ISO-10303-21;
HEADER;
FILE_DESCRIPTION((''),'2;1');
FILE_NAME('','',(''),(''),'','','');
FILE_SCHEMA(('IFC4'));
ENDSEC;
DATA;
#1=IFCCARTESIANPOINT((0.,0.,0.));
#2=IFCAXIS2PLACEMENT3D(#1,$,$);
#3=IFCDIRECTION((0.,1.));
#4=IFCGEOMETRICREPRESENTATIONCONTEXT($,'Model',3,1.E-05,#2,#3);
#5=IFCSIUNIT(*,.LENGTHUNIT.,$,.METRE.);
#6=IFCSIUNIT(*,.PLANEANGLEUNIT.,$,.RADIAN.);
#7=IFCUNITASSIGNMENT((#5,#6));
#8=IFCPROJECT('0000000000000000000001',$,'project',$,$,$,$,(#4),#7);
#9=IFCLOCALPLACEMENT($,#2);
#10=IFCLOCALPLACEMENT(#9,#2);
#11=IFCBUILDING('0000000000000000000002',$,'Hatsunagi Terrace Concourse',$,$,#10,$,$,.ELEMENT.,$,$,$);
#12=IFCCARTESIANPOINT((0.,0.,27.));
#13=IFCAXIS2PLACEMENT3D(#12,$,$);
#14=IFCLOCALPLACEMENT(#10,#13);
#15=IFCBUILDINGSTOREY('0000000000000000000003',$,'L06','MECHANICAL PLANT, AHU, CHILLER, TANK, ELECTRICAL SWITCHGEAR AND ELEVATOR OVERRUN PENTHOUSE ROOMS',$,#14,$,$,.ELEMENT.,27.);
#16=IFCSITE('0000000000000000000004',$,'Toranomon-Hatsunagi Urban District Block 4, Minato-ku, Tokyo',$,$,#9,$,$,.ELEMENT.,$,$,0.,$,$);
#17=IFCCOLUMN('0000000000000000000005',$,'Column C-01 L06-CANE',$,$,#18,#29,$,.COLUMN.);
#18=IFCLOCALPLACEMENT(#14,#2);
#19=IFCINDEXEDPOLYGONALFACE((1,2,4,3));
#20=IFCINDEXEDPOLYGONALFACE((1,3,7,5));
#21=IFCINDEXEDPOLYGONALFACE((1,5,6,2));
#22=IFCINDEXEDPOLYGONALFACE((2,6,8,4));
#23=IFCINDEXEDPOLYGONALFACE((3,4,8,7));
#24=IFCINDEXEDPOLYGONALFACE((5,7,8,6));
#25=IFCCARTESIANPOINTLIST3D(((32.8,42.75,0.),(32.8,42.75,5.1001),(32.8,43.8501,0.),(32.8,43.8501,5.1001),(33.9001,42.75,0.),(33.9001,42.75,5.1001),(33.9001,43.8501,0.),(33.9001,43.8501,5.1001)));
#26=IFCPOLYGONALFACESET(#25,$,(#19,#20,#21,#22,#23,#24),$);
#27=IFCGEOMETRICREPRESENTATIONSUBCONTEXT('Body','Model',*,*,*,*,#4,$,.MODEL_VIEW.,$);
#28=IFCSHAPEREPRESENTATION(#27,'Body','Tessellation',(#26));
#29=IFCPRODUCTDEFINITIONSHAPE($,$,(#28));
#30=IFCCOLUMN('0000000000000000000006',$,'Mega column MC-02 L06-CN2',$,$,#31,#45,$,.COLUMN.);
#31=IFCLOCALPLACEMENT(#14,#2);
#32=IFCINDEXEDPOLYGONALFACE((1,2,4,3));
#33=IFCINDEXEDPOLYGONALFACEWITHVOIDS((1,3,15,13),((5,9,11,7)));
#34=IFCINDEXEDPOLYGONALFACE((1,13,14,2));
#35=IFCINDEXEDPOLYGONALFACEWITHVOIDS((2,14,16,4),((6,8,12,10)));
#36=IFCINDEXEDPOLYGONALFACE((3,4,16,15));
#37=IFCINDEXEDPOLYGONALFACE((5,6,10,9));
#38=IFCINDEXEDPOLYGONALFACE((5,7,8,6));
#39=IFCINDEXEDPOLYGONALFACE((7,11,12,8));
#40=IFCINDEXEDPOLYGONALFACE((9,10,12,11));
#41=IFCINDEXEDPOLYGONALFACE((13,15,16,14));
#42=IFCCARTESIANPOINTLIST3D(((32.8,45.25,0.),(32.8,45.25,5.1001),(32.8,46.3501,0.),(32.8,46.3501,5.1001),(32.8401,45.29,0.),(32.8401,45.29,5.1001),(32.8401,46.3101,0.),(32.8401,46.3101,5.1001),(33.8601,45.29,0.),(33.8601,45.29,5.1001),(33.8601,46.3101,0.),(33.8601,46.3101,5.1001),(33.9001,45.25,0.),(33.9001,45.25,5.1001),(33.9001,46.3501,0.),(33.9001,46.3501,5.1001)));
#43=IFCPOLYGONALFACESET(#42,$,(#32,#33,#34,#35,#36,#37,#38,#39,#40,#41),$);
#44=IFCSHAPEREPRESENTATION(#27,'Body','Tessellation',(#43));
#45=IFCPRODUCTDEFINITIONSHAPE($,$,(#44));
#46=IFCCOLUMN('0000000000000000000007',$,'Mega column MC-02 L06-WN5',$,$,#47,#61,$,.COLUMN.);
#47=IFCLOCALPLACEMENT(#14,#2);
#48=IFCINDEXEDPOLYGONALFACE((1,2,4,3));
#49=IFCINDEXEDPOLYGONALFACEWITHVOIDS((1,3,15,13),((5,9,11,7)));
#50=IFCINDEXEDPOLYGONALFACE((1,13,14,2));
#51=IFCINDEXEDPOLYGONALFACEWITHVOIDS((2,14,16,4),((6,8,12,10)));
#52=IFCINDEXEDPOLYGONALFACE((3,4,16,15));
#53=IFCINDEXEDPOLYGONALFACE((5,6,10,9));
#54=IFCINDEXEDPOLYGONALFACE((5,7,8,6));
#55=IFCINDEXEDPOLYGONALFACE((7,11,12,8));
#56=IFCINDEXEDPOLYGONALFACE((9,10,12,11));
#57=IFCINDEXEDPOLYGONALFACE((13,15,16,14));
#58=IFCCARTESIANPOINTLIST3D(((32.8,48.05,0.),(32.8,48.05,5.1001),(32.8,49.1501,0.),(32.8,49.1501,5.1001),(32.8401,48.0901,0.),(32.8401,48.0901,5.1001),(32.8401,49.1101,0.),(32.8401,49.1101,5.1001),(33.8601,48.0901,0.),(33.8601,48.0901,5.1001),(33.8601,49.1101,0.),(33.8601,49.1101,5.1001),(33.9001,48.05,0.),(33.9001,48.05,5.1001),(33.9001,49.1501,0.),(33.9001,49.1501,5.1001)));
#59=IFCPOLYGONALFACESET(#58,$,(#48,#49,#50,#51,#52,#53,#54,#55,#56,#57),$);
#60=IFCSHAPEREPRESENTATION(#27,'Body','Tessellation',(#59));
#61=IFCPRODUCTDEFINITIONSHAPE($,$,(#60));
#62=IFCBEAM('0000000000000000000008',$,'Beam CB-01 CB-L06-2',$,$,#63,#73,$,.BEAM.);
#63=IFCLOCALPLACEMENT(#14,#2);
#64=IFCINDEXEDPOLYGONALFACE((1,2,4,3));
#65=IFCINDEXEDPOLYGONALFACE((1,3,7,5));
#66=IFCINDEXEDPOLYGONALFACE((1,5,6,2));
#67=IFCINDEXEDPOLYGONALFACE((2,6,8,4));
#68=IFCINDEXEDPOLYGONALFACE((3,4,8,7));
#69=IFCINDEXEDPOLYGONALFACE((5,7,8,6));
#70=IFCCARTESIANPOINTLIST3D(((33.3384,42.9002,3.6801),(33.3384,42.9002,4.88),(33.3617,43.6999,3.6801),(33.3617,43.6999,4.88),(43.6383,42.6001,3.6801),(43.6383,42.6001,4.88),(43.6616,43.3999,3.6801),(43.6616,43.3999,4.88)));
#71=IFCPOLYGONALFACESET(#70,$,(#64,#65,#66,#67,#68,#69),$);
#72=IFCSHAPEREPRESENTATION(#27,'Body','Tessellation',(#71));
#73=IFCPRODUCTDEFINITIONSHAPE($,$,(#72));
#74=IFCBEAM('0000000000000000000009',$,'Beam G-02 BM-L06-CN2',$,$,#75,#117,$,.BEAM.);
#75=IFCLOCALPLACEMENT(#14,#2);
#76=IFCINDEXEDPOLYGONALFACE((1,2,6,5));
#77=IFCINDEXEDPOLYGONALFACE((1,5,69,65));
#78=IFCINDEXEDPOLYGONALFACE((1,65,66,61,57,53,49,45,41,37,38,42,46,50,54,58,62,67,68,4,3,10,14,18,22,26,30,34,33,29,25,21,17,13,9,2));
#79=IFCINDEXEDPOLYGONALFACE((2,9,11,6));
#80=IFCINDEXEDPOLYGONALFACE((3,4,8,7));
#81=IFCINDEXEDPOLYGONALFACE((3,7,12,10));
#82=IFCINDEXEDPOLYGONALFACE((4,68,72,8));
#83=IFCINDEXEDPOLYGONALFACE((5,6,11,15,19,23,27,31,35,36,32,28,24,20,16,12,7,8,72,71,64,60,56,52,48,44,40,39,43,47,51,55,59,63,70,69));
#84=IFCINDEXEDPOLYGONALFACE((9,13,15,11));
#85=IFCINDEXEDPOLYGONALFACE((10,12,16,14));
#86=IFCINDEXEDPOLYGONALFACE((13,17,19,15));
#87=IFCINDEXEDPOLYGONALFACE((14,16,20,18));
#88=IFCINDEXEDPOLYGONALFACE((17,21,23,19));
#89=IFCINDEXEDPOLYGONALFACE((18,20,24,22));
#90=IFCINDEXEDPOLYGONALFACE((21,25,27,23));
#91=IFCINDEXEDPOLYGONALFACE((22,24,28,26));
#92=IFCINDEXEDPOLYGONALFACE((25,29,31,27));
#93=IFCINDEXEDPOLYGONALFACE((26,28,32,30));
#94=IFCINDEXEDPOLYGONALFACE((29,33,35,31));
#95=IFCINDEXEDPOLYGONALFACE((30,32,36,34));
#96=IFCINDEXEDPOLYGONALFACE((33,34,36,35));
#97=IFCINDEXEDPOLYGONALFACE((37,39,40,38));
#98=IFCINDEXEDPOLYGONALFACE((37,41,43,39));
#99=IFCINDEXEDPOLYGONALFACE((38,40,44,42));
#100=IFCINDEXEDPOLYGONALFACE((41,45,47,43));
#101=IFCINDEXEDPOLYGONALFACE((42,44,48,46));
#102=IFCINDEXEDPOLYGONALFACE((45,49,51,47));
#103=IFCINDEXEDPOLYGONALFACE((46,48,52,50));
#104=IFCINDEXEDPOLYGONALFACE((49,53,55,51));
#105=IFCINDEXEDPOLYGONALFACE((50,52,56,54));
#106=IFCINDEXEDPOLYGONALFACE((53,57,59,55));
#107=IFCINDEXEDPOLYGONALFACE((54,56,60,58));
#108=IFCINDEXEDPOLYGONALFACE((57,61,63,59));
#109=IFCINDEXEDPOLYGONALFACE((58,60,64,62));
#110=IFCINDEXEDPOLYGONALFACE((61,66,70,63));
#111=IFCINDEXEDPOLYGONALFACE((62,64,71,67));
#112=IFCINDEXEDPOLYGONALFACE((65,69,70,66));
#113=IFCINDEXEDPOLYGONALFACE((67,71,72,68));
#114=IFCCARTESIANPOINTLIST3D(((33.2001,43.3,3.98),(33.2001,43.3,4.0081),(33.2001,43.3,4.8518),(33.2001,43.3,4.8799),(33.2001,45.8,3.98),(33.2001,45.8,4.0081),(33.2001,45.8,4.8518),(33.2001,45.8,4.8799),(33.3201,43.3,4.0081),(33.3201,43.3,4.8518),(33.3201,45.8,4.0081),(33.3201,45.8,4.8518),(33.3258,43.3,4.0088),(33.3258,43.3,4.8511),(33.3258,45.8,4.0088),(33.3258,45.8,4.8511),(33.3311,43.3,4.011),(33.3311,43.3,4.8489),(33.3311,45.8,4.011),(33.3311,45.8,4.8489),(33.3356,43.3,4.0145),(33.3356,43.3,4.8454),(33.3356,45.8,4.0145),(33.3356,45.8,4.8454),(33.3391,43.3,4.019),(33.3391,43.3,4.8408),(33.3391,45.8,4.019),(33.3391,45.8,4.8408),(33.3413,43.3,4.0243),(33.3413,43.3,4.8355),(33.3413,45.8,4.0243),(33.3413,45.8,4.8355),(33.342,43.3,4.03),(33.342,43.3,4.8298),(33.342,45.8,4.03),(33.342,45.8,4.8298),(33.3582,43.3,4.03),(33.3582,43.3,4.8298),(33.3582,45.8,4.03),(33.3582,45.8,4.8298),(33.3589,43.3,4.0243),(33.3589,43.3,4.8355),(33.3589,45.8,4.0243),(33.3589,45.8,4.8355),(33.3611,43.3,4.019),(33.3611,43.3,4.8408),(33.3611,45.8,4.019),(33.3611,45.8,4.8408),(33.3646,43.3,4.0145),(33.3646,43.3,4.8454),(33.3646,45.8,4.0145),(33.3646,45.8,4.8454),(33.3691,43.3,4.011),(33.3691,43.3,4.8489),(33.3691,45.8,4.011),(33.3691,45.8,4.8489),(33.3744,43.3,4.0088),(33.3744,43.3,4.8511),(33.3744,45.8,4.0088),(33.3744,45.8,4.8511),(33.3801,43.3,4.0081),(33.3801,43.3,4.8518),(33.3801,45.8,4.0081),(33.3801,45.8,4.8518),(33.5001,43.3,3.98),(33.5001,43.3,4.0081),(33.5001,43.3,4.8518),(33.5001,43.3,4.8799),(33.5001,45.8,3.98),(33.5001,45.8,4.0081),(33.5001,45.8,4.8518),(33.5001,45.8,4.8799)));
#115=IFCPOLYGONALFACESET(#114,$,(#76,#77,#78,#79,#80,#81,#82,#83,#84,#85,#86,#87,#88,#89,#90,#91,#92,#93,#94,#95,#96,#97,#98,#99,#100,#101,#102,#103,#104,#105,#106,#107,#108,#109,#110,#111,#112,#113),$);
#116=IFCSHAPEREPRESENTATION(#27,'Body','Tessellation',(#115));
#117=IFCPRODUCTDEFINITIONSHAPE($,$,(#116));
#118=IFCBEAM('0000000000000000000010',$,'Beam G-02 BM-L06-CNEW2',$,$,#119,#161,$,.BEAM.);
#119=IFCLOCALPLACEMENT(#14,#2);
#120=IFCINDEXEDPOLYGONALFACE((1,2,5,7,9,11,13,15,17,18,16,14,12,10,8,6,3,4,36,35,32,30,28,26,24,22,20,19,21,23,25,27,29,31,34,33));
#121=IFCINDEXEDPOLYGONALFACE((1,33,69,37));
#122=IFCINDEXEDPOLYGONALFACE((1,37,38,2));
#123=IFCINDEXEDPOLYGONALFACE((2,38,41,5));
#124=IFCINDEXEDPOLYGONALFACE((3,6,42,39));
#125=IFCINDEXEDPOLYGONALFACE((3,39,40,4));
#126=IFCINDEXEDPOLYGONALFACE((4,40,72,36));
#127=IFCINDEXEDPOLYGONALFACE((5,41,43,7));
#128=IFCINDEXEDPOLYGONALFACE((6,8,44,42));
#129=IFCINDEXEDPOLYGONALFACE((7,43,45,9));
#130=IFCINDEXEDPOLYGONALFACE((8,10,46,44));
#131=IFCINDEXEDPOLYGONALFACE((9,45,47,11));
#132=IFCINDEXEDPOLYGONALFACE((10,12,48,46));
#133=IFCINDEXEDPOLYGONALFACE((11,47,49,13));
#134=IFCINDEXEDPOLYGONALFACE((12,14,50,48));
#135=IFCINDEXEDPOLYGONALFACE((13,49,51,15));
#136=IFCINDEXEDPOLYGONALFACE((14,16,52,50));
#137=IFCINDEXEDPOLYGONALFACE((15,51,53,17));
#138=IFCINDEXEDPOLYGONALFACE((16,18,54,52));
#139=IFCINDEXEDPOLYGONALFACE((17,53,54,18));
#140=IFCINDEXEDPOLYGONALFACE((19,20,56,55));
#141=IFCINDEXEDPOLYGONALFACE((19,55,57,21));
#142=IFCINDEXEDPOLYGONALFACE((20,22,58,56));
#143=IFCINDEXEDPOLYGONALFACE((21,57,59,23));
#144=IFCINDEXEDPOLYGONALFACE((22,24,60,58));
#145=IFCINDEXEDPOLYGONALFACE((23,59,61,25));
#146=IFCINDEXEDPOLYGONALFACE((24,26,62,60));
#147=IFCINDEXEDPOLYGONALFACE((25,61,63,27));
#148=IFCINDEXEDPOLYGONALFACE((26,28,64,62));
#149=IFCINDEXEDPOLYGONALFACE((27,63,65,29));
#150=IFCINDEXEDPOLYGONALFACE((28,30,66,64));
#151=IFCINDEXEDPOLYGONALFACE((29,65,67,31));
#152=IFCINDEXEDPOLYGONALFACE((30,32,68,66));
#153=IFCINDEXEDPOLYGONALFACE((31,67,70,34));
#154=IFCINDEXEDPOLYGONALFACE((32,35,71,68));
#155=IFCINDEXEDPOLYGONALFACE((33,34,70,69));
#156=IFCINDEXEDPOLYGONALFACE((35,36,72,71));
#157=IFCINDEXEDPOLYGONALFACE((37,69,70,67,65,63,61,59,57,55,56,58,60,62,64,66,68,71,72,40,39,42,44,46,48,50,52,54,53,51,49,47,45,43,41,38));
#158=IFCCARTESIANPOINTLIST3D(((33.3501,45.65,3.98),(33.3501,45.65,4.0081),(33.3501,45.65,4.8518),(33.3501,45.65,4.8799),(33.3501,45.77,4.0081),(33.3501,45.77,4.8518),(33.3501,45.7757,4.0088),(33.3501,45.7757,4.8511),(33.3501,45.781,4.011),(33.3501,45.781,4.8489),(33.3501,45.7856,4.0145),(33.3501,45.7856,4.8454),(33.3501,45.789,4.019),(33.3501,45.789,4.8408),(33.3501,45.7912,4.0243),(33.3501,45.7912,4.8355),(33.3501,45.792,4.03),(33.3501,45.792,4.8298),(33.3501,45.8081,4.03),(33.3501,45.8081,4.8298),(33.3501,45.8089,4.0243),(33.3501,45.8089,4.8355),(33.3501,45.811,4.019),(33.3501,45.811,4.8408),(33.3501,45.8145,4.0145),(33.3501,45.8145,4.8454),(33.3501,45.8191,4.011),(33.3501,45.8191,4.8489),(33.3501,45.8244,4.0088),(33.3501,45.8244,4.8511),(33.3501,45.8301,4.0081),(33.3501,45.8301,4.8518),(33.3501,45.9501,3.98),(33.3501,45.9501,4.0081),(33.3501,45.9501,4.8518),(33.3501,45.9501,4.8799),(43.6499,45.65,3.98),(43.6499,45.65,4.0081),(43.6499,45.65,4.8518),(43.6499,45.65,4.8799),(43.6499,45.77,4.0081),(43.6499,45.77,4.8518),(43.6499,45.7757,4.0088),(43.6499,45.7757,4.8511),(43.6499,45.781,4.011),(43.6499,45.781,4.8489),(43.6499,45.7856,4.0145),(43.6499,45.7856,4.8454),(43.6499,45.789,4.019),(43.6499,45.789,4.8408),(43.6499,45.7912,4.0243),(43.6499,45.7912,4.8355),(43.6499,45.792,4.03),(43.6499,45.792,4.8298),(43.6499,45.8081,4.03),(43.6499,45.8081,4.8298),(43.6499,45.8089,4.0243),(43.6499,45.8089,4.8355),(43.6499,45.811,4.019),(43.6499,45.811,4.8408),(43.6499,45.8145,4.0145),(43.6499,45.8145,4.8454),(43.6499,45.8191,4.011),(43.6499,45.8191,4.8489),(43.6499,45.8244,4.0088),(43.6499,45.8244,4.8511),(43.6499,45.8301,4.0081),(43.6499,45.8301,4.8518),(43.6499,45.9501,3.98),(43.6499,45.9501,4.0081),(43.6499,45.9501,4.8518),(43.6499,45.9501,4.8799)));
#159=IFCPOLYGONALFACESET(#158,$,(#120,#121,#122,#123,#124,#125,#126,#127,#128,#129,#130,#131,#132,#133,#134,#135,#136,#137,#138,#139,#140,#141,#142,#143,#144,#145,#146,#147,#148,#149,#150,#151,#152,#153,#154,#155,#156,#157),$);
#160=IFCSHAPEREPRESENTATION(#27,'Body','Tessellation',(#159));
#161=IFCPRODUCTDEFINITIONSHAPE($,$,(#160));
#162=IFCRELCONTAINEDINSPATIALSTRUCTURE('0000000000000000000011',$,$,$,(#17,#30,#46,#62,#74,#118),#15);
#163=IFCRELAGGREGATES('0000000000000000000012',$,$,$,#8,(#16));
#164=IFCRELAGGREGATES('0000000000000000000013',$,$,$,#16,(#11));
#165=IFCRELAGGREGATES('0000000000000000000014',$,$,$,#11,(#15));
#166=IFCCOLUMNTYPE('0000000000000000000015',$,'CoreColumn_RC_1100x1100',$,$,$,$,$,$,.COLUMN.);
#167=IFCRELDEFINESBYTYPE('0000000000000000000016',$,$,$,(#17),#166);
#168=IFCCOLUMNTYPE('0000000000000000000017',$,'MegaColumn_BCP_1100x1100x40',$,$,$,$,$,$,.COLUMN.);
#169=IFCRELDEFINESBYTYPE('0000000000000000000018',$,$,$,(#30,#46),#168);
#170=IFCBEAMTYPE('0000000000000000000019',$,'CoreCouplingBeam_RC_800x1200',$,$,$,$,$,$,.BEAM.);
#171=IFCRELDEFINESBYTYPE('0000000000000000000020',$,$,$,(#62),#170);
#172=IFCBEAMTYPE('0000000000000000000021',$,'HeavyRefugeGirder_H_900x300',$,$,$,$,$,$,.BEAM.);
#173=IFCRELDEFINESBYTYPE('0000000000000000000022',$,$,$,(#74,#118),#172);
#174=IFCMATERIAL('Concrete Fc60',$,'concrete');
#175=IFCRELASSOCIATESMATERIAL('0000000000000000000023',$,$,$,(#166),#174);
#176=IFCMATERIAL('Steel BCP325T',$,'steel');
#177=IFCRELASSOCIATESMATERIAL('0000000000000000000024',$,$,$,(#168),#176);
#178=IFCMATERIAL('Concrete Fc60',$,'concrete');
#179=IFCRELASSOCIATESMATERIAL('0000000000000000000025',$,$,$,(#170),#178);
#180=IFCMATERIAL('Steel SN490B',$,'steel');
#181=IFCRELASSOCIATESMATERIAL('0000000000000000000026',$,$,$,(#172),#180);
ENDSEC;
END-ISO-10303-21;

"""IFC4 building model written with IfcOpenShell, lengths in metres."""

from ifc_helpers import new_model, si_unit, direction, frame, origin, origin_2d, place, context, subcontext, project, spatial, rectangle, hollow_rectangle, i_section, extrude, material, material_profile, profile_set, type_object, element, save


model = new_model("IFC4")

# Units and contexts
model_context = context("Model", 3, precision=1e-05, world=origin(), true_north=direction((0.0, 1.0)))
body_context = subcontext(model_context, "Body", "Model", "MODEL_VIEW")
ifc_project = project(units=[si_unit("LENGTHUNIT", "METRE"), si_unit("PLANEANGLEUNIT", "RADIAN")], contexts=[model_context])

# Site, building, storey
site_placement = place(None, origin())
site = spatial("IfcSite", under=ifc_project, at=site_placement, Name="Toranomon-Hatsunagi Urban District Block 4, Minato-ku, Tokyo", CompositionType="ELEMENT", RefElevation=0.0)
building_placement = place(site_placement, origin())
building = spatial("IfcBuilding", under=site, at=building_placement, Name="Hatsunagi Terrace Concourse", CompositionType="ELEMENT")
storey_placement = place(building_placement, frame((0.0, 0.0, 27.0)))
storey = spatial("IfcBuildingStorey", under=building, at=storey_placement, Name="L06", Description="MECHANICAL PLANT, AHU, CHILLER, TANK, ELECTRICAL SWITCHGEAR AND ELEVATOR OVERRUN PENTHOUSE ROOMS", CompositionType="ELEMENT", Elevation=27.0)

# Columns
ifc_material_1 = material(Name="Concrete Fc60", Category="concrete")
ifc_material_profile_1 = material_profile(ifc_material_1, rectangle(XDim=1.1001, YDim=1.1001, at=origin_2d()), Name="RC-1100x1100")
ifc_profile_set_1 = profile_set([ifc_material_profile_1], Name="Concrete Fc60")
column_type_1 = type_object("IfcColumnType", Name="CoreColumn_RC_1100x1100", PredefinedType="COLUMN", material=ifc_profile_set_1)
column_placement = place(storey_placement, frame((33.3501, 43.3, 0.0), z_axis=(0.0, 0.0, 1.0), x_axis=(1.0, 0.0, 0.0)))
element("IfcColumn", 1, at=column_placement, inside=storey, type_object=column_type_1, Name="Column C-01 L06-CANE", PredefinedType="COLUMN", context=body_context, shape_type="SweptSolid", body=[
    extrude(rectangle(XDim=1.1001, YDim=1.1001, at=origin_2d()), origin(), (0.0, 0.0, 1.0), 5.1001),
])
ifc_material_2 = material(Name="Steel BCP325T", Category="steel")
ifc_material_profile_2 = material_profile(ifc_material_2, hollow_rectangle(XDim=1.1001, YDim=1.1001, WallThickness=0.04, at=origin_2d()), Name="BCP-1100x1100x40")
ifc_profile_set_2 = profile_set([ifc_material_profile_2], Name="Steel BCP325T")
column_type_2 = type_object("IfcColumnType", Name="MegaColumn_BCP_1100x1100x40", PredefinedType="COLUMN", material=ifc_profile_set_2)
for number, where, z_axis, x_axis, name in (
    (2, (33.3501, 45.8, 0.0), (0.0, 0.0, 1.0), (1.0, 0.0, 0.0), "Mega column MC-02 L06-CN2"),
    (3, (33.3501, 48.6001, 0.0), (0.0, 0.0, 1.0), (1.0, 0.0, 0.0), "Mega column MC-02 L06-WN5"),
):
    element("IfcColumn", number, at=place(storey_placement, frame(where, z_axis=z_axis, x_axis=x_axis)), inside=storey, type_object=column_type_2, Name=name, PredefinedType="COLUMN", context=body_context, shape_type="SweptSolid", body=[
        extrude(hollow_rectangle(XDim=1.1001, YDim=1.1001, WallThickness=0.04, at=origin_2d()), origin(), (0.0, 0.0, 1.0), 5.1001),
    ])

# Beams
ifc_material_3 = material(Name="Concrete Fc60", Category="concrete")
ifc_material_profile_3 = material_profile(ifc_material_3, rectangle(XDim=0.8, YDim=1.2, at=origin_2d()), Name="RC-800x1200")
ifc_profile_set_3 = profile_set([ifc_material_profile_3], Name="Concrete Fc60")
beam_type_1 = type_object("IfcBeamType", Name="CoreCouplingBeam_RC_800x1200", PredefinedType="BEAM", material=ifc_profile_set_3)
beam_1_placement = place(storey_placement, frame((33.3501, 43.3, 4.28), z_axis=(0.999576, -0.029119, 0.0), x_axis=(0.029119, 0.999576, 0.0)))
element("IfcBeam", 4, at=beam_1_placement, inside=storey, type_object=beam_type_1, Name="Beam CB-01 CB-L06-2", PredefinedType="BEAM", context=body_context, shape_type="SweptSolid", body=[
    extrude(rectangle(XDim=0.8, YDim=1.2, at=origin_2d()), origin(), (0.0, 0.0, 1.0), 10.3042),
])
ifc_material_4 = material(Name="Steel SN490B", Category="steel")
ifc_material_profile_4 = material_profile(ifc_material_4, i_section(OverallWidth=0.3, OverallDepth=0.8999, WebThickness=0.0161, FlangeThickness=0.0281, FilletRadius=0.022, at=origin_2d()), Name="H-900x300x16x28")
ifc_profile_set_4 = profile_set([ifc_material_profile_4], Name="Steel SN490B")
beam_type_2 = type_object("IfcBeamType", Name="HeavyRefugeGirder_H_900x300", PredefinedType="BEAM", material=ifc_profile_set_4)
beam_2_placement = place(storey_placement, frame((33.3501, 43.3, 4.4299), z_axis=(0.0, 1.0, 0.0), x_axis=(-1.0, 0.0, 0.0)))
element("IfcBeam", 5, at=beam_2_placement, inside=storey, type_object=beam_type_2, Name="Beam G-02 BM-L06-CN2", PredefinedType="BEAM", context=body_context, shape_type="SweptSolid", body=[
    extrude(i_section(OverallWidth=0.3, OverallDepth=0.8999, WebThickness=0.0161, FlangeThickness=0.0281, FilletRadius=0.022, at=origin_2d()), origin(), (0.0, 0.0, 1.0), 2.5),
])
beam_3_placement = place(storey_placement, frame((33.3501, 45.8, 4.4299), z_axis=(1.0, 0.0, 0.0), x_axis=(0.0, 1.0, 0.0)))
element("IfcBeam", 6, at=beam_3_placement, inside=storey, type_object=beam_type_2, Name="Beam G-02 BM-L06-CNEW2", PredefinedType="BEAM", context=body_context, shape_type="SweptSolid", body=[
    extrude(i_section(OverallWidth=0.3, OverallDepth=0.8999, WebThickness=0.0161, FlangeThickness=0.0281, FilletRadius=0.022, at=origin_2d()), origin(), (0.0, 0.0, 1.0), 10.2998),
])

save(model, "model.ifc")
